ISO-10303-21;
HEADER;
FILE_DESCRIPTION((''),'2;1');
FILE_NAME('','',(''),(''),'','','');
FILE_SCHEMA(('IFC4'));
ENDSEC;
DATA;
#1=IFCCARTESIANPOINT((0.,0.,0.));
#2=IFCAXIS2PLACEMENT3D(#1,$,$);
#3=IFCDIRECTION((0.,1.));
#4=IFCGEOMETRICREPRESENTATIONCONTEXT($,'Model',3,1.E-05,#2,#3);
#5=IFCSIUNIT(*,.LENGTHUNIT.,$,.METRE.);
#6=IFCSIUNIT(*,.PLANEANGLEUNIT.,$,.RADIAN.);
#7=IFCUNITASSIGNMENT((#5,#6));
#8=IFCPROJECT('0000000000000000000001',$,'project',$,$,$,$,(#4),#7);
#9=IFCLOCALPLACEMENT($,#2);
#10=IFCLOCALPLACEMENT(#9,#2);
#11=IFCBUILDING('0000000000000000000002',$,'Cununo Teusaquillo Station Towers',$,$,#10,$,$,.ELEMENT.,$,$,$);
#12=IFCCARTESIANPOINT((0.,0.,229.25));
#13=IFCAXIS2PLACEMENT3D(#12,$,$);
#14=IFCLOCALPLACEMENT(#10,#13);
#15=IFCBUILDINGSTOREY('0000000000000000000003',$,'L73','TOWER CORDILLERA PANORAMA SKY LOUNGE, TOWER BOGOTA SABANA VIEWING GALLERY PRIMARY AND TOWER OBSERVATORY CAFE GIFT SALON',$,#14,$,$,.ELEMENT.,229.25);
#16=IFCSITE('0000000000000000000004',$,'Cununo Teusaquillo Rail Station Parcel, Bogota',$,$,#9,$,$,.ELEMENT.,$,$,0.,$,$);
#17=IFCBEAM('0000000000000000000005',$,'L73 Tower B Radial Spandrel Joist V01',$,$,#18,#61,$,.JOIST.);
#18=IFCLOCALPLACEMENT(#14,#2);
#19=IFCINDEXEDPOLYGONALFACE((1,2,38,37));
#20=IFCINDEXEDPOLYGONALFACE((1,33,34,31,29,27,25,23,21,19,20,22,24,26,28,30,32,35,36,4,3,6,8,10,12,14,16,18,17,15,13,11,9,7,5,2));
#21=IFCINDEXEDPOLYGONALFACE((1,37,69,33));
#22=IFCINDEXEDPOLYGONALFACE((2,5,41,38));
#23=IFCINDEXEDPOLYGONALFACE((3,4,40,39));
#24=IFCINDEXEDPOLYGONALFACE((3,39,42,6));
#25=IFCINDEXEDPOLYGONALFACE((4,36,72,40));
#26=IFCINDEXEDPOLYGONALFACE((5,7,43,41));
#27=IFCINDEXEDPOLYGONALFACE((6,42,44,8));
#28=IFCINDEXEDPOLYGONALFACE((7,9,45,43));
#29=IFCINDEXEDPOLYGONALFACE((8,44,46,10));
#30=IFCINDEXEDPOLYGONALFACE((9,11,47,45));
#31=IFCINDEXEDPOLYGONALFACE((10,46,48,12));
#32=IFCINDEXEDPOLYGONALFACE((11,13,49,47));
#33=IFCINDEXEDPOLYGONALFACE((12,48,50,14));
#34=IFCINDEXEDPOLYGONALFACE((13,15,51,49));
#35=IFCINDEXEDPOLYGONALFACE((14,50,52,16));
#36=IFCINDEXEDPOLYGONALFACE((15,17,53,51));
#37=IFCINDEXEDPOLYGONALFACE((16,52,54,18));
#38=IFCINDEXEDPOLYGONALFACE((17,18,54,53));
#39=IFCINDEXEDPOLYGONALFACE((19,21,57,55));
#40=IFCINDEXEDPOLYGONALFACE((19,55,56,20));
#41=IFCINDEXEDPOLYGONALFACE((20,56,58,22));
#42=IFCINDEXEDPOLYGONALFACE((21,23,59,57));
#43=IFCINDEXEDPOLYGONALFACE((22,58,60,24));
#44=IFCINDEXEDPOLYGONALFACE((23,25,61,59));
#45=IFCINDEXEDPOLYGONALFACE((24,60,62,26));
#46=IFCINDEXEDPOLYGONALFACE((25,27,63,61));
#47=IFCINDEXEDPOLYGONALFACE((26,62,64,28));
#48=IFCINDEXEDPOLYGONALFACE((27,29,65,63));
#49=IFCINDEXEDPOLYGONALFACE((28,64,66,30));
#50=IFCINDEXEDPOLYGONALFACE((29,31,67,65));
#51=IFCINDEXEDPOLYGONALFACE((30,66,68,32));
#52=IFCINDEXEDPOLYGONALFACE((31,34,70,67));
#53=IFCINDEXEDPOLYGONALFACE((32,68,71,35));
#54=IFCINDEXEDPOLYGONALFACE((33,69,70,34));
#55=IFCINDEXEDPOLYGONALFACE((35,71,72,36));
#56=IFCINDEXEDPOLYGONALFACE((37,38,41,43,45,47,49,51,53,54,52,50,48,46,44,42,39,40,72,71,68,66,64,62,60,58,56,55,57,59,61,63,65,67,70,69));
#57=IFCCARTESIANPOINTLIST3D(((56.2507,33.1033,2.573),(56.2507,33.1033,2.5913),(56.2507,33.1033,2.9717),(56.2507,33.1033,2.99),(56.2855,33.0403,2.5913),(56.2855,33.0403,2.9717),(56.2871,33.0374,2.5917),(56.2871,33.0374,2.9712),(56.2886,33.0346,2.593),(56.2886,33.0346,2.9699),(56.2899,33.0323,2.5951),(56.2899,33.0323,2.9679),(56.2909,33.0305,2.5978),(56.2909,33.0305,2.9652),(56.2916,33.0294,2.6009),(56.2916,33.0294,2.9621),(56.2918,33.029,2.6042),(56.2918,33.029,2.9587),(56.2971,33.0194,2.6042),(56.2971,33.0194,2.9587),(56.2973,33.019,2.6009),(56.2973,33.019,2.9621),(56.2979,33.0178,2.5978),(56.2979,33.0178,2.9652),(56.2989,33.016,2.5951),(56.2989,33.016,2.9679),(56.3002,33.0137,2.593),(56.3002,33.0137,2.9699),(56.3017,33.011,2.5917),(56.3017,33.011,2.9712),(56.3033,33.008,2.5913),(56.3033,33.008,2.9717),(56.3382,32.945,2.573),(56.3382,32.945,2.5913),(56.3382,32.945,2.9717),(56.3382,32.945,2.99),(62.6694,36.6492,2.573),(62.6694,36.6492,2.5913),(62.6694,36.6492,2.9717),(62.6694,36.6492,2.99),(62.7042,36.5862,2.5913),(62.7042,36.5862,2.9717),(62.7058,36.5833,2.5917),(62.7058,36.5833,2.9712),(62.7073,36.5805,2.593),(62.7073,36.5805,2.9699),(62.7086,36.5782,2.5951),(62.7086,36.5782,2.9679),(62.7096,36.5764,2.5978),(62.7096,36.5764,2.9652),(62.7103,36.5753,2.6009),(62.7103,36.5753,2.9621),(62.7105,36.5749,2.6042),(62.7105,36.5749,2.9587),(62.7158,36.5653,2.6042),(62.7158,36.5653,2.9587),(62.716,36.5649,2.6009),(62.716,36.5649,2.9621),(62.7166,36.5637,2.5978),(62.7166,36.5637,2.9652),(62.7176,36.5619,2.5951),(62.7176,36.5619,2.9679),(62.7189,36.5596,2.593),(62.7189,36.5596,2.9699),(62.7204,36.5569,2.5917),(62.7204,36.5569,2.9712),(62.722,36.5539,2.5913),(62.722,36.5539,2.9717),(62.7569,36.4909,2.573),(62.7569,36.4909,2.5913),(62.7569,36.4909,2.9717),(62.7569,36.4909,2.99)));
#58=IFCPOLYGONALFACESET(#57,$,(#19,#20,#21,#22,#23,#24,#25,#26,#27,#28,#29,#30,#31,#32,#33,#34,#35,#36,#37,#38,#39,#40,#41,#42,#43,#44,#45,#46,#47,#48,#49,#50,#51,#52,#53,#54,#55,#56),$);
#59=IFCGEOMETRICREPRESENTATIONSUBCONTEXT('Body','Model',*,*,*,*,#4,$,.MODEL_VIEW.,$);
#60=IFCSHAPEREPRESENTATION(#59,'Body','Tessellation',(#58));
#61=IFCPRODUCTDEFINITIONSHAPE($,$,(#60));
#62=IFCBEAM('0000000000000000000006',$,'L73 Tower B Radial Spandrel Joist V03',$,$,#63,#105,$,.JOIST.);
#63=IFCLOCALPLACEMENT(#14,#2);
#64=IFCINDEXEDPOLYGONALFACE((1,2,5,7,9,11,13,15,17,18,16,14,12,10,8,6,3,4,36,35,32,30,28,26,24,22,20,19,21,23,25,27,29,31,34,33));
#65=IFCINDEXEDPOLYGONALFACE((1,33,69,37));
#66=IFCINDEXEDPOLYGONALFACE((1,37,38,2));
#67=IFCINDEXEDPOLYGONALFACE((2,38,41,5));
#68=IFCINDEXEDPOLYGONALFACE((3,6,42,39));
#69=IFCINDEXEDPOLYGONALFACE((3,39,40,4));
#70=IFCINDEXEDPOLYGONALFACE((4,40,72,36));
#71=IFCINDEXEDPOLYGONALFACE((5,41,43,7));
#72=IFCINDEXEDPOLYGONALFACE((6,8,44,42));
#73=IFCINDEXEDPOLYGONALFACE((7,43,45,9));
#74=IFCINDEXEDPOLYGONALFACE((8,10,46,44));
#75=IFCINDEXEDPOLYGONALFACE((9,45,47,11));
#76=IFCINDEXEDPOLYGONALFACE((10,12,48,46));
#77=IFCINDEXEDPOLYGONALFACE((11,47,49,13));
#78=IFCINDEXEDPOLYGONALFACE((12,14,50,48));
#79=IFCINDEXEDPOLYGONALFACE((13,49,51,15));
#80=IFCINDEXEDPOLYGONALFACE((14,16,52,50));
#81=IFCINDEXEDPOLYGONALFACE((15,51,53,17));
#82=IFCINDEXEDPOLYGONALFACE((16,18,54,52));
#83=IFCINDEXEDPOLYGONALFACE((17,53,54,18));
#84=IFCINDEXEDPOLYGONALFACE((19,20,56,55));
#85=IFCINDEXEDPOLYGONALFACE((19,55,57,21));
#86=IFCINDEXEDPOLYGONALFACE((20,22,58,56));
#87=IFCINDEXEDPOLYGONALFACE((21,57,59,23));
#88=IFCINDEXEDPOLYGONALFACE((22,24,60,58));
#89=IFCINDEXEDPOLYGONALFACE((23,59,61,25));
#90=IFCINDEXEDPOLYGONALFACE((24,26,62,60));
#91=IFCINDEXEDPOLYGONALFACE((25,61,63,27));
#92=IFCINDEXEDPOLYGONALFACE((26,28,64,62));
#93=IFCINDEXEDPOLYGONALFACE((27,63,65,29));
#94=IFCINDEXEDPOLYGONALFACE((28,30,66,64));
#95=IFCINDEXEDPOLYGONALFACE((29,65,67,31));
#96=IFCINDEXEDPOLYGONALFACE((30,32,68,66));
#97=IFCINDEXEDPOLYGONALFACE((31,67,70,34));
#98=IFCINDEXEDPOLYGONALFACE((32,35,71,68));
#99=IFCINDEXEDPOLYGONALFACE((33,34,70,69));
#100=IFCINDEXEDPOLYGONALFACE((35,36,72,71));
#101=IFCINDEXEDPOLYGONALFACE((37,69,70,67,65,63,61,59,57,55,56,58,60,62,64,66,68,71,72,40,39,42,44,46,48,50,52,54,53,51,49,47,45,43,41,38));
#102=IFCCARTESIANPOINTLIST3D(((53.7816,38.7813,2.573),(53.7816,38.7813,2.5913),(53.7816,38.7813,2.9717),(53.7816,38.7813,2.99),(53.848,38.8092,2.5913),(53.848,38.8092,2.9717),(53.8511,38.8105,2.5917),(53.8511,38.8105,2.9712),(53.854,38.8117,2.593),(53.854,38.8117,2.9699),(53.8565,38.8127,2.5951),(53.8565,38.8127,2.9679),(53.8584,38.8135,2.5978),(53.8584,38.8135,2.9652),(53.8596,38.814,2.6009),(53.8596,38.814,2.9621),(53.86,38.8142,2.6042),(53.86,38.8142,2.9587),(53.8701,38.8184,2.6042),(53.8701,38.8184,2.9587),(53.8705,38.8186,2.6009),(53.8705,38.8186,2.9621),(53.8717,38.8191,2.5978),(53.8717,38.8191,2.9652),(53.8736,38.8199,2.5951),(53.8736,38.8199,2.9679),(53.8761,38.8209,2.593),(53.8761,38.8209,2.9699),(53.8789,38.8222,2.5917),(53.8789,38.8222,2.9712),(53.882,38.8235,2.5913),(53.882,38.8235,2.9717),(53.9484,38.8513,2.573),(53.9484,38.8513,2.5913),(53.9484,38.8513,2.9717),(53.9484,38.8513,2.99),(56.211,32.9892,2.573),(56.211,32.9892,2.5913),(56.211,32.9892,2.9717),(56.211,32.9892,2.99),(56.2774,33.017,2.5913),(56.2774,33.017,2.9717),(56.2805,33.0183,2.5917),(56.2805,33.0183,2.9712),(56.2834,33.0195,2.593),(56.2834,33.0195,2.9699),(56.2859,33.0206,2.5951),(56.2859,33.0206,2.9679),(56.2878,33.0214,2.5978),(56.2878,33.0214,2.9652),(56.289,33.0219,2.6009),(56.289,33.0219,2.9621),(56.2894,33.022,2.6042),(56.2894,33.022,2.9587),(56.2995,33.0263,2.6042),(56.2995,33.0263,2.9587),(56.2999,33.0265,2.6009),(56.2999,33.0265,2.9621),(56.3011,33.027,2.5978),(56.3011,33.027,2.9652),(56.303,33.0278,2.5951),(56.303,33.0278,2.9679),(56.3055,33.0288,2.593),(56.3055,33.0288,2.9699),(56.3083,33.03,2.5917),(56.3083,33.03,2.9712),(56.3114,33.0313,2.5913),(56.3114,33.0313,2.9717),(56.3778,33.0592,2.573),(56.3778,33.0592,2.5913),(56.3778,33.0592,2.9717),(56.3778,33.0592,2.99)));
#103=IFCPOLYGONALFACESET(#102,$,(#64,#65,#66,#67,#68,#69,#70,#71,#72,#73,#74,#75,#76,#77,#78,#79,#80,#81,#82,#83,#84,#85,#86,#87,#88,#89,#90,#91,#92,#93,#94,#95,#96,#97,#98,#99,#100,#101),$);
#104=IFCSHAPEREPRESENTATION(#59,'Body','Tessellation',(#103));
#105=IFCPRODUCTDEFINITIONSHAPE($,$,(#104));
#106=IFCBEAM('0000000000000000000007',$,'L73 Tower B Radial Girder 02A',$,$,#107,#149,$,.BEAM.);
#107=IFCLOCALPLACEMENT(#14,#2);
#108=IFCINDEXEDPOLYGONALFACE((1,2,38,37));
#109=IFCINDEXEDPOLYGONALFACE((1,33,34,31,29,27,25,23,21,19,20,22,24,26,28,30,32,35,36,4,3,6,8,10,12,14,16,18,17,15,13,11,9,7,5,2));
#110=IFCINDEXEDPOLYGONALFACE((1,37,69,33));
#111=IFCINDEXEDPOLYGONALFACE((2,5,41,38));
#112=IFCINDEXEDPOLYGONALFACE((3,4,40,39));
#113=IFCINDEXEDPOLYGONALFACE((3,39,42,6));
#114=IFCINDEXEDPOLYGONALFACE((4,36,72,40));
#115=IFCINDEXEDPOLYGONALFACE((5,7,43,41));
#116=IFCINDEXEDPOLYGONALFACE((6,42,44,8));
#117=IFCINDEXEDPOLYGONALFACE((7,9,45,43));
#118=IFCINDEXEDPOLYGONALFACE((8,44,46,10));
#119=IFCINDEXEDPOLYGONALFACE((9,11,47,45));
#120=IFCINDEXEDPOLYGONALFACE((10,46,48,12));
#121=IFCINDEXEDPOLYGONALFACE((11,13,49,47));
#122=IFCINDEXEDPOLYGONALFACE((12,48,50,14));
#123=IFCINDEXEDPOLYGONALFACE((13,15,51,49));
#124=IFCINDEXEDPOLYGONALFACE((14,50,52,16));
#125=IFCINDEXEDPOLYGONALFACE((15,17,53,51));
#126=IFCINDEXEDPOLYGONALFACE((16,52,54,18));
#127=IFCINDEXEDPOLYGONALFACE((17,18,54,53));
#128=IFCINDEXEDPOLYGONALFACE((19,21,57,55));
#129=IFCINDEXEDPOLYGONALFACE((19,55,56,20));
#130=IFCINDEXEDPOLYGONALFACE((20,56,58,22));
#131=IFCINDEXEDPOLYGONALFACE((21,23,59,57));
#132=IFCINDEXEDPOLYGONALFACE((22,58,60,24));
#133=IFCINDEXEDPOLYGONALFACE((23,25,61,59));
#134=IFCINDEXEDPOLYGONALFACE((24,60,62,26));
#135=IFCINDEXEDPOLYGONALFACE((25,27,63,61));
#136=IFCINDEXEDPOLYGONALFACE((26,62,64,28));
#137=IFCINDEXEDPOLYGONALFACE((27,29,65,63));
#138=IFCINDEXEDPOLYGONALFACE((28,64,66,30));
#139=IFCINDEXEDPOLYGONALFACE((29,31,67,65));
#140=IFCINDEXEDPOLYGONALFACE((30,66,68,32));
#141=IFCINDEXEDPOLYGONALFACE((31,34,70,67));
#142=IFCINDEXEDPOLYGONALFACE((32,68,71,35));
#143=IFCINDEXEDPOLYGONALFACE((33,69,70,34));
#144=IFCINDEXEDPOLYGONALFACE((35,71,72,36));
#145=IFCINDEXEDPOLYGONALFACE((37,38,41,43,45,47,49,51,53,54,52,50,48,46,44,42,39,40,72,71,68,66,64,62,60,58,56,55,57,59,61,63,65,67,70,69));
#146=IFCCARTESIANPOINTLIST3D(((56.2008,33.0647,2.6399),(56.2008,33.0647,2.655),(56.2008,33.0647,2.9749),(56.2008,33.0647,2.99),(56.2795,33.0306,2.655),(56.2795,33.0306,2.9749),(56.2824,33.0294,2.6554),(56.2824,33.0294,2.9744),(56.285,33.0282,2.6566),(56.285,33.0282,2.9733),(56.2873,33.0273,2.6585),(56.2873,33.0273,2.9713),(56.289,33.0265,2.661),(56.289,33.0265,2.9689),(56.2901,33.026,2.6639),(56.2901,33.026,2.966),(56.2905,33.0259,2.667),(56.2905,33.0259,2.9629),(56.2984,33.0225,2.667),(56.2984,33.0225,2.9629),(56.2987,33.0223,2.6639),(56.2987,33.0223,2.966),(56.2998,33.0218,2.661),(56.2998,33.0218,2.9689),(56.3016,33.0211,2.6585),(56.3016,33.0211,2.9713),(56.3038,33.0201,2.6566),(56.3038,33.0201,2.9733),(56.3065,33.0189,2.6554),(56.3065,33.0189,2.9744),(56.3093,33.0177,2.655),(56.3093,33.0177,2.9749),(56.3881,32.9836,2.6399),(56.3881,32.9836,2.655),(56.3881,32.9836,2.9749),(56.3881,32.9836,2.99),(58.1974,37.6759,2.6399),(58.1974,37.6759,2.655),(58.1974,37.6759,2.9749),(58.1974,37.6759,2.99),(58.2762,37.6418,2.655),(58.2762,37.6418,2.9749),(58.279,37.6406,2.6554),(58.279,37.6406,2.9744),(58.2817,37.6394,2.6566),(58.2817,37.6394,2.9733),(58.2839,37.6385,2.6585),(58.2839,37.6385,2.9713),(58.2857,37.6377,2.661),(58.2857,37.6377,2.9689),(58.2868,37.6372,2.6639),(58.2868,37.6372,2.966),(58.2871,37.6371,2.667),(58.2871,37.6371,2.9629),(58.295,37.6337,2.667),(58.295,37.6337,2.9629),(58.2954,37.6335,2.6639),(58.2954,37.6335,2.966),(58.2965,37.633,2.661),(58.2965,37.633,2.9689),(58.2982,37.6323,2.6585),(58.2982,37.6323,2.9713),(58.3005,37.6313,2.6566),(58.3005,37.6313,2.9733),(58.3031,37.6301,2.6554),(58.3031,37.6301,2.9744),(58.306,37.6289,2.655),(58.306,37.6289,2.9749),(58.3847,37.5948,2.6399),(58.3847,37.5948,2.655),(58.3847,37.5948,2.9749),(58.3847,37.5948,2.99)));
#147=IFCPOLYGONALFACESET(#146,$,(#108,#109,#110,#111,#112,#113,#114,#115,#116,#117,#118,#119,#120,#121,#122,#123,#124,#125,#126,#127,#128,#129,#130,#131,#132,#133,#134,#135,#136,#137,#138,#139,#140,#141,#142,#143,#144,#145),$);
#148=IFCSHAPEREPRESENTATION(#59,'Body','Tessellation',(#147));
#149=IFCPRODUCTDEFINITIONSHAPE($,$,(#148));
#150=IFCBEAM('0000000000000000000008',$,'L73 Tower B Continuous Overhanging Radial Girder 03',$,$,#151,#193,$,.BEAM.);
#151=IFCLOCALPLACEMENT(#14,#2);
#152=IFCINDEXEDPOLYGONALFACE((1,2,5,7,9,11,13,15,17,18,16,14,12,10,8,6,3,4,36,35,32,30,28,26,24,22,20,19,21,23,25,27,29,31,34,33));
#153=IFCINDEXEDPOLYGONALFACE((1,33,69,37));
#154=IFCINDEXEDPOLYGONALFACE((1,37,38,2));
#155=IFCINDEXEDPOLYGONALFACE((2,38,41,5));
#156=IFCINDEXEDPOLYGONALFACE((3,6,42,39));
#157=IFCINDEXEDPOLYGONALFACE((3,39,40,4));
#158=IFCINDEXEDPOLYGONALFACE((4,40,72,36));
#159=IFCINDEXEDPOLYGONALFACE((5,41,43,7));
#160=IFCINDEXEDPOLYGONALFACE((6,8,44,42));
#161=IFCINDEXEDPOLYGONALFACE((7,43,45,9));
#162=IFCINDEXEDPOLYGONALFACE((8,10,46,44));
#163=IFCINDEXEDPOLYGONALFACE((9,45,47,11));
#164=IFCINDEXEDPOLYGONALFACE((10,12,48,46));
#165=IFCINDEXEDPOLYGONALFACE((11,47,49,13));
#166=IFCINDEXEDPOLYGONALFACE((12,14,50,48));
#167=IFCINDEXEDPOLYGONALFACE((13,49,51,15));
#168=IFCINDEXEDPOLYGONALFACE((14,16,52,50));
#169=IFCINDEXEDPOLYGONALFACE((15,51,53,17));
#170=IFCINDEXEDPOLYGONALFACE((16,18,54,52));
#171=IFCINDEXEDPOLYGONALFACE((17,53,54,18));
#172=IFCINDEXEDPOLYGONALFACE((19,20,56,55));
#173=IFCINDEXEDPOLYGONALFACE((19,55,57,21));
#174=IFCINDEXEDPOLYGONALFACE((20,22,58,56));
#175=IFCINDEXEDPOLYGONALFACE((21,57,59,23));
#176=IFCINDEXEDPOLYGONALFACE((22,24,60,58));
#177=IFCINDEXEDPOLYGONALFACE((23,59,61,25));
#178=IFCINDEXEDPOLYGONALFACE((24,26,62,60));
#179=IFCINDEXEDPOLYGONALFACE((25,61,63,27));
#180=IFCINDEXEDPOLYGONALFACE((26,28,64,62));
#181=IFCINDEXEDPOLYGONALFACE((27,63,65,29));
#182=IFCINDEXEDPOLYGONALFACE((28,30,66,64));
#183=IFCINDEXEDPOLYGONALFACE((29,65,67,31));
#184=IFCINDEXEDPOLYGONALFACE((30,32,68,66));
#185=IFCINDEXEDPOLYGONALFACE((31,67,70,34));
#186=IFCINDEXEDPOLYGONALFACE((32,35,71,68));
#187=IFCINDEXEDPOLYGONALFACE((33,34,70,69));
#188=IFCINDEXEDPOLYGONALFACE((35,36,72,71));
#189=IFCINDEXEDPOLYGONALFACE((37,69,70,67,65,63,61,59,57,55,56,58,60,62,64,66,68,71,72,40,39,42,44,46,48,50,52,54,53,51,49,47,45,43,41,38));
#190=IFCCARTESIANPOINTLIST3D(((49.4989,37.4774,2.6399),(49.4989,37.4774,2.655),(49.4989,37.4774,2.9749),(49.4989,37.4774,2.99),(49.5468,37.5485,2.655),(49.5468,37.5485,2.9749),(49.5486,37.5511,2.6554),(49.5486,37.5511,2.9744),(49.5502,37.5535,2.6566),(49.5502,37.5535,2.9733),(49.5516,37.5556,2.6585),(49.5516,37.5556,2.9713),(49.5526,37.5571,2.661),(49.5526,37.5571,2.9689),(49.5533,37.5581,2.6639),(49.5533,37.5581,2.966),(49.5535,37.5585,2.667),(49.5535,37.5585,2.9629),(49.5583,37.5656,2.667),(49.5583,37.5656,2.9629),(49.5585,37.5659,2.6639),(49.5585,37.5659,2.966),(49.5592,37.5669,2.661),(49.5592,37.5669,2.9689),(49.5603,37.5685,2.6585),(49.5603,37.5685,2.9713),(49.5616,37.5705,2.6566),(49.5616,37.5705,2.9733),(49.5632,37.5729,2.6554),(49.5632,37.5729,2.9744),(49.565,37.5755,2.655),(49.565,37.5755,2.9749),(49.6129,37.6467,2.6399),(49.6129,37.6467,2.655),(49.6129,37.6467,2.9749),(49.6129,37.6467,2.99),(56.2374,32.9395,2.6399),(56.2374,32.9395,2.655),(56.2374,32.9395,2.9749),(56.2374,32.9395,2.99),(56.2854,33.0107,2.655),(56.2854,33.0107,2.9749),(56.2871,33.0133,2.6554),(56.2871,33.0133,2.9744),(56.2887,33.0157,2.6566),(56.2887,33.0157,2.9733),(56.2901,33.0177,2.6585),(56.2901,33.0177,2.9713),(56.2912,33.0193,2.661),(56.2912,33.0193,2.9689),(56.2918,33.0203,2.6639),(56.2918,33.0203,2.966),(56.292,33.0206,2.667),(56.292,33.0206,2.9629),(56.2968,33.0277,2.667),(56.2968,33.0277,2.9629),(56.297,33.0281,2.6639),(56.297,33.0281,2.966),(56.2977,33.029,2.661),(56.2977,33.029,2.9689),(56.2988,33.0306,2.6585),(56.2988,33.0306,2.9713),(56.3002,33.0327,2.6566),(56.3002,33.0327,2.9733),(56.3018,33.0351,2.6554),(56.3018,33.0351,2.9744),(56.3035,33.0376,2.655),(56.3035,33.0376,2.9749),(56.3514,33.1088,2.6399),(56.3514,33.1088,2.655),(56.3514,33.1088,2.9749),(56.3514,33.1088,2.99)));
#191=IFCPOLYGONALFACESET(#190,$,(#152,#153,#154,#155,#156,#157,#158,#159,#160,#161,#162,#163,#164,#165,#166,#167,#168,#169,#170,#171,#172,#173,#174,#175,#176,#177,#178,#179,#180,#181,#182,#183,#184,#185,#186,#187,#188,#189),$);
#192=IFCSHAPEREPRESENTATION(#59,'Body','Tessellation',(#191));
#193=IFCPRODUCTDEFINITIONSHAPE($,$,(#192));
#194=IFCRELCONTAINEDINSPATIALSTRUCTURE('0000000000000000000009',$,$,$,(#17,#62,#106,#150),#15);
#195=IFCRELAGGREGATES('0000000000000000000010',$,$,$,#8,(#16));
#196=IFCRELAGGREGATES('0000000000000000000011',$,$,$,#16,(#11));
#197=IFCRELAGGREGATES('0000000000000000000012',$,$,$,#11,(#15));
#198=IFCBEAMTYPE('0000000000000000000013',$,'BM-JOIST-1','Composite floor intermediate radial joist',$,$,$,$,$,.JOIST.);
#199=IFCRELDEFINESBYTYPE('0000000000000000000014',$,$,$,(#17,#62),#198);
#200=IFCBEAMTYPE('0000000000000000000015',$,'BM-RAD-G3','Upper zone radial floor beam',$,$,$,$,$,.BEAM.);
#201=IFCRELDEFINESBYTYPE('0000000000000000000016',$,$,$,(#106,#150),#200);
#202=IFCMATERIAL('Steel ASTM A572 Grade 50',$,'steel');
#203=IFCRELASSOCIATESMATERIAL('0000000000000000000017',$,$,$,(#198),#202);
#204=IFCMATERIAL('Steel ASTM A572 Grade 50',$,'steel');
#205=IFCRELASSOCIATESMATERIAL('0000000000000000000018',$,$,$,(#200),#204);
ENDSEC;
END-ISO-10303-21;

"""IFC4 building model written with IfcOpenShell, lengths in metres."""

from ifc_helpers import new_model, si_unit, direction, frame, origin, origin_2d, place, context, subcontext, project, spatial, i_section, extrude, material, material_profile, profile_set, type_object, element, save


model = new_model("IFC4")

# Units and contexts
model_context = context("Model", 3, precision=1e-05, world=origin(), true_north=direction((0.0, 1.0)))
body_context = subcontext(model_context, "Body", "Model", "MODEL_VIEW")
ifc_project = project(units=[si_unit("LENGTHUNIT", "METRE"), si_unit("PLANEANGLEUNIT", "RADIAN")], contexts=[model_context])

# Site, building, storey
site_placement = place(None, origin())
site = spatial("IfcSite", under=ifc_project, at=site_placement, Name="Cununo Teusaquillo Rail Station Parcel, Bogota", CompositionType="ELEMENT", RefElevation=0.0)
building_placement = place(site_placement, origin())
building = spatial("IfcBuilding", under=site, at=building_placement, Name="Cununo Teusaquillo Station Towers", CompositionType="ELEMENT")
storey_placement = place(building_placement, frame((0.0, 0.0, 229.25)))
storey = spatial("IfcBuildingStorey", under=building, at=storey_placement, Name="L73", Description="TOWER CORDILLERA PANORAMA SKY LOUNGE, TOWER BOGOTA SABANA VIEWING GALLERY PRIMARY AND TOWER OBSERVATORY CAFE GIFT SALON", CompositionType="ELEMENT", Elevation=229.25)

# Beams
ifc_material_1 = material(Name="Steel ASTM A572 Grade 50", Category="steel")
ifc_material_profile_1 = material_profile(ifc_material_1, i_section(OverallWidth=0.1809, OverallDepth=0.417, WebThickness=0.011, FlangeThickness=0.0183, FilletRadius=0.0129, at=origin_2d()), Name="W16X57")
ifc_profile_set_1 = profile_set([ifc_material_profile_1], Name="Steel ASTM A572 Grade 50")
beam_type_1 = type_object("IfcBeamType", Name="BM-JOIST-1", Description="Composite floor intermediate radial joist", PredefinedType="JOIST", material=ifc_profile_set_1)
beam_1_placement = place(storey_placement, frame((56.2944, 33.0242, 2.7815), z_axis=(0.875315, 0.483553, 0.0), x_axis=(-0.483553, 0.875315, 0.0)))
element("IfcBeam", 1, at=beam_1_placement, inside=storey, type_object=beam_type_1, Name="L73 Tower B Radial Spandrel Joist V01", PredefinedType="JOIST", context=body_context, shape_type="SweptSolid", body=[
    extrude(i_section(OverallWidth=0.1809, OverallDepth=0.417, WebThickness=0.011, FlangeThickness=0.0183, FilletRadius=0.0129, at=origin_2d()), origin(), (0.0, 0.0, 1.0), 7.333),
])
beam_2_placement = place(storey_placement, frame((56.2944, 33.0242, 2.7815), z_axis=(-0.386786, 0.922169, 0.0), x_axis=(-0.922169, -0.386786, 0.0)))
element("IfcBeam", 2, at=beam_2_placement, inside=storey, type_object=beam_type_1, Name="L73 Tower B Radial Spandrel Joist V03", PredefinedType="JOIST", context=body_context, shape_type="SweptSolid", body=[
    extrude(i_section(OverallWidth=0.1809, OverallDepth=0.417, WebThickness=0.011, FlangeThickness=0.0183, FilletRadius=0.0129, at=origin_2d()), origin(), (0.0, 0.0, 1.0), 6.281),
])
ifc_material_2 = material(Name="Steel ASTM A572 Grade 50", Category="steel")
ifc_material_profile_2 = material_profile(ifc_material_2, i_section(OverallWidth=0.2041, OverallDepth=0.3501, WebThickness=0.0085, FlangeThickness=0.0151, FilletRadius=0.012, at=origin_2d()), Name="W14X48")
ifc_profile_set_2 = profile_set([ifc_material_profile_2], Name="Steel ASTM A572 Grade 50")
beam_type_2 = type_object("IfcBeamType", Name="BM-RAD-G3", Description="Upper zone radial floor beam", PredefinedType="BEAM", material=ifc_profile_set_2)
beam_3_placement = place(storey_placement, frame((56.2944, 33.0242, 2.8149), z_axis=(0.397347, 0.917668, 0.0), x_axis=(-0.917668, 0.397347, 0.0)))
element("IfcBeam", 3, at=beam_3_placement, inside=storey, type_object=beam_type_2, Name="L73 Tower B Radial Girder 02A", PredefinedType="BEAM", context=body_context, shape_type="SweptSolid", body=[
    extrude(i_section(OverallWidth=0.2041, OverallDepth=0.3501, WebThickness=0.0085, FlangeThickness=0.0151, FilletRadius=0.012, at=origin_2d()), origin(), (0.0, 0.0, 1.0), 5.0249),
])
beam_4_placement = place(storey_placement, frame((56.2944, 33.0242, 2.8149), z_axis=(-0.829457, 0.558571, 0.0), x_axis=(-0.558571, -0.829457, 0.0)))
element("IfcBeam", 4, at=beam_4_placement, inside=storey, type_object=beam_type_2, Name="L73 Tower B Continuous Overhanging Radial Girder 03", PredefinedType="BEAM", context=body_context, shape_type="SweptSolid", body=[
    extrude(i_section(OverallWidth=0.2041, OverallDepth=0.3501, WebThickness=0.0085, FlangeThickness=0.0151, FilletRadius=0.012, at=origin_2d()), origin(), (0.0, 0.0, 1.0), 8.124),
])

save(model, "model.ifc")
